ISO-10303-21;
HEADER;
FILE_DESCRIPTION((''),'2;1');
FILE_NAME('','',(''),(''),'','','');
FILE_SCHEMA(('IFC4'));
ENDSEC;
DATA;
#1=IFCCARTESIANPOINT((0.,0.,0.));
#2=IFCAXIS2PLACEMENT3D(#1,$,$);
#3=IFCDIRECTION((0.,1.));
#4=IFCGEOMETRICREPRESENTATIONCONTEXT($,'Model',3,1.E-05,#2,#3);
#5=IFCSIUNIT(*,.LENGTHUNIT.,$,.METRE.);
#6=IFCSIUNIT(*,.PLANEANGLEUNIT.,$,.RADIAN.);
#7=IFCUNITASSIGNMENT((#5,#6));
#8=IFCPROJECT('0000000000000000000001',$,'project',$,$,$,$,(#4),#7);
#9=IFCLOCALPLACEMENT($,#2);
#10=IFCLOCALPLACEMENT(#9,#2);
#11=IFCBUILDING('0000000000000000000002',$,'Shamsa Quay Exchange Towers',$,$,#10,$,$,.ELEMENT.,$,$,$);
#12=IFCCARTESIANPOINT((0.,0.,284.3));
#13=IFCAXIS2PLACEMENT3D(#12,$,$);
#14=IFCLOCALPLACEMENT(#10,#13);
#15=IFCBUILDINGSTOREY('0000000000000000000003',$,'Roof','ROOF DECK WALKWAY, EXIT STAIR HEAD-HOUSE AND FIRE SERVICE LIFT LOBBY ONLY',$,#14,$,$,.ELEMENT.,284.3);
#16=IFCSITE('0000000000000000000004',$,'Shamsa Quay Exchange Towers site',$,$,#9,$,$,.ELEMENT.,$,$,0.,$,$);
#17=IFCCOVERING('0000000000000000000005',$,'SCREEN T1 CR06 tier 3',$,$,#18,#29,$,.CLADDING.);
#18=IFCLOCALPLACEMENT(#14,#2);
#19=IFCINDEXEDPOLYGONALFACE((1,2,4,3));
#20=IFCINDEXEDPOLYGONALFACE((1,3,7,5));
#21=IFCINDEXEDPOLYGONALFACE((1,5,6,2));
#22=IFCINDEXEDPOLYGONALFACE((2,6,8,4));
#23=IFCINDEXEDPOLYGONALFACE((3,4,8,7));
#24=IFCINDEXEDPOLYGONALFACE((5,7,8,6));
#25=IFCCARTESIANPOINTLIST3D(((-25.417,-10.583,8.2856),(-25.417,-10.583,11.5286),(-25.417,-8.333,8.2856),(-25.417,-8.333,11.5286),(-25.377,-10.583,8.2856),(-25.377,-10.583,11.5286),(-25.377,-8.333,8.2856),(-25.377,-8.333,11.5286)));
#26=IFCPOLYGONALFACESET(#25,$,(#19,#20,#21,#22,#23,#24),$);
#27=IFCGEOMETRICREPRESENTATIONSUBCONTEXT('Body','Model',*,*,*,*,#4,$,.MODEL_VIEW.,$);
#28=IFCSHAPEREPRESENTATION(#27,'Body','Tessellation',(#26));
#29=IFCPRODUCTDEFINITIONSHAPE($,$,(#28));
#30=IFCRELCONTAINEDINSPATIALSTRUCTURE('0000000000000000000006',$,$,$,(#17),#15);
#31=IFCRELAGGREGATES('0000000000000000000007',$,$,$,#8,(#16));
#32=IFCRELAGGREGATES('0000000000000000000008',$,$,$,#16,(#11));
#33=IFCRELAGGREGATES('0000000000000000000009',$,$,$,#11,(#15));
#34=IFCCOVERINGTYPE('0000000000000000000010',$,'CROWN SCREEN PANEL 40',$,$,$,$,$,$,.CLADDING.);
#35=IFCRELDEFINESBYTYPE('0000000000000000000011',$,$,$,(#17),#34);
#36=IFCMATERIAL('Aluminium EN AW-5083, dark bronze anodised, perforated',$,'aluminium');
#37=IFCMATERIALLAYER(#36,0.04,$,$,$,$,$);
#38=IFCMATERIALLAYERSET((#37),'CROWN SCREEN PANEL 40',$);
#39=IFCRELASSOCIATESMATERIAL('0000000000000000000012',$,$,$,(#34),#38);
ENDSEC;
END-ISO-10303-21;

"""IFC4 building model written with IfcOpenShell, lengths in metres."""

from ifc_helpers import new_model, si_unit, direction, frame, origin, origin_2d, place, context, subcontext, project, spatial, rectangle, extrude, material, layer, layer_set, type_object, element, save


model = new_model("IFC4")

# Units and contexts
model_context = context("Model", 3, precision=1e-05, world=origin(), true_north=direction((0.0, 1.0)))
body_context = subcontext(model_context, "Body", "Model", "MODEL_VIEW")
ifc_project = project(units=[si_unit("LENGTHUNIT", "METRE"), si_unit("PLANEANGLEUNIT", "RADIAN")], contexts=[model_context])

# Site, building, storey
site_placement = place(None, origin())
site = spatial("IfcSite", under=ifc_project, at=site_placement, Name="Shamsa Quay Exchange Towers site", CompositionType="ELEMENT", RefElevation=0.0)
building_placement = place(site_placement, origin())
building = spatial("IfcBuilding", under=site, at=building_placement, Name="Shamsa Quay Exchange Towers", CompositionType="ELEMENT")
storey_placement = place(building_placement, frame((0.0, 0.0, 284.3)))
storey = spatial("IfcBuildingStorey", under=building, at=storey_placement, Name="Roof", Description="ROOF DECK WALKWAY, EXIT STAIR HEAD-HOUSE AND FIRE SERVICE LIFT LOBBY ONLY", CompositionType="ELEMENT", Elevation=284.3)

# Covering
ifc_material_1 = material(Name="Aluminium EN AW-5083, dark bronze anodised, perforated", Category="aluminium")
ifc_layer_1 = layer(ifc_material_1, 0.04)
ifc_layer_set_1 = layer_set([ifc_layer_1], Name="CROWN SCREEN PANEL 40")
covering_type = type_object("IfcCoveringType", Name="CROWN SCREEN PANEL 40", PredefinedType="CLADDING", material=ifc_layer_set_1)
for number, where, z_axis, x_axis, name in (
    (1, (-25.397, -9.458, 8.2856), (0.0, 0.0, 1.0), (0.0, 1.0, 0.0), "SCREEN T1 CR06 tier 3"),
):
    element("IfcCovering", number, at=place(storey_placement, frame(where, z_axis=z_axis, x_axis=x_axis)), inside=storey, type_object=covering_type, Name=name, PredefinedType="CLADDING", context=body_context, shape_type="SweptSolid", body=[
        extrude(rectangle(XDim=2.25, YDim=0.04, at=origin_2d()), origin(), (0.0, 0.0, 1.0), 3.2429),
    ])

save(model, "model.ifc")
